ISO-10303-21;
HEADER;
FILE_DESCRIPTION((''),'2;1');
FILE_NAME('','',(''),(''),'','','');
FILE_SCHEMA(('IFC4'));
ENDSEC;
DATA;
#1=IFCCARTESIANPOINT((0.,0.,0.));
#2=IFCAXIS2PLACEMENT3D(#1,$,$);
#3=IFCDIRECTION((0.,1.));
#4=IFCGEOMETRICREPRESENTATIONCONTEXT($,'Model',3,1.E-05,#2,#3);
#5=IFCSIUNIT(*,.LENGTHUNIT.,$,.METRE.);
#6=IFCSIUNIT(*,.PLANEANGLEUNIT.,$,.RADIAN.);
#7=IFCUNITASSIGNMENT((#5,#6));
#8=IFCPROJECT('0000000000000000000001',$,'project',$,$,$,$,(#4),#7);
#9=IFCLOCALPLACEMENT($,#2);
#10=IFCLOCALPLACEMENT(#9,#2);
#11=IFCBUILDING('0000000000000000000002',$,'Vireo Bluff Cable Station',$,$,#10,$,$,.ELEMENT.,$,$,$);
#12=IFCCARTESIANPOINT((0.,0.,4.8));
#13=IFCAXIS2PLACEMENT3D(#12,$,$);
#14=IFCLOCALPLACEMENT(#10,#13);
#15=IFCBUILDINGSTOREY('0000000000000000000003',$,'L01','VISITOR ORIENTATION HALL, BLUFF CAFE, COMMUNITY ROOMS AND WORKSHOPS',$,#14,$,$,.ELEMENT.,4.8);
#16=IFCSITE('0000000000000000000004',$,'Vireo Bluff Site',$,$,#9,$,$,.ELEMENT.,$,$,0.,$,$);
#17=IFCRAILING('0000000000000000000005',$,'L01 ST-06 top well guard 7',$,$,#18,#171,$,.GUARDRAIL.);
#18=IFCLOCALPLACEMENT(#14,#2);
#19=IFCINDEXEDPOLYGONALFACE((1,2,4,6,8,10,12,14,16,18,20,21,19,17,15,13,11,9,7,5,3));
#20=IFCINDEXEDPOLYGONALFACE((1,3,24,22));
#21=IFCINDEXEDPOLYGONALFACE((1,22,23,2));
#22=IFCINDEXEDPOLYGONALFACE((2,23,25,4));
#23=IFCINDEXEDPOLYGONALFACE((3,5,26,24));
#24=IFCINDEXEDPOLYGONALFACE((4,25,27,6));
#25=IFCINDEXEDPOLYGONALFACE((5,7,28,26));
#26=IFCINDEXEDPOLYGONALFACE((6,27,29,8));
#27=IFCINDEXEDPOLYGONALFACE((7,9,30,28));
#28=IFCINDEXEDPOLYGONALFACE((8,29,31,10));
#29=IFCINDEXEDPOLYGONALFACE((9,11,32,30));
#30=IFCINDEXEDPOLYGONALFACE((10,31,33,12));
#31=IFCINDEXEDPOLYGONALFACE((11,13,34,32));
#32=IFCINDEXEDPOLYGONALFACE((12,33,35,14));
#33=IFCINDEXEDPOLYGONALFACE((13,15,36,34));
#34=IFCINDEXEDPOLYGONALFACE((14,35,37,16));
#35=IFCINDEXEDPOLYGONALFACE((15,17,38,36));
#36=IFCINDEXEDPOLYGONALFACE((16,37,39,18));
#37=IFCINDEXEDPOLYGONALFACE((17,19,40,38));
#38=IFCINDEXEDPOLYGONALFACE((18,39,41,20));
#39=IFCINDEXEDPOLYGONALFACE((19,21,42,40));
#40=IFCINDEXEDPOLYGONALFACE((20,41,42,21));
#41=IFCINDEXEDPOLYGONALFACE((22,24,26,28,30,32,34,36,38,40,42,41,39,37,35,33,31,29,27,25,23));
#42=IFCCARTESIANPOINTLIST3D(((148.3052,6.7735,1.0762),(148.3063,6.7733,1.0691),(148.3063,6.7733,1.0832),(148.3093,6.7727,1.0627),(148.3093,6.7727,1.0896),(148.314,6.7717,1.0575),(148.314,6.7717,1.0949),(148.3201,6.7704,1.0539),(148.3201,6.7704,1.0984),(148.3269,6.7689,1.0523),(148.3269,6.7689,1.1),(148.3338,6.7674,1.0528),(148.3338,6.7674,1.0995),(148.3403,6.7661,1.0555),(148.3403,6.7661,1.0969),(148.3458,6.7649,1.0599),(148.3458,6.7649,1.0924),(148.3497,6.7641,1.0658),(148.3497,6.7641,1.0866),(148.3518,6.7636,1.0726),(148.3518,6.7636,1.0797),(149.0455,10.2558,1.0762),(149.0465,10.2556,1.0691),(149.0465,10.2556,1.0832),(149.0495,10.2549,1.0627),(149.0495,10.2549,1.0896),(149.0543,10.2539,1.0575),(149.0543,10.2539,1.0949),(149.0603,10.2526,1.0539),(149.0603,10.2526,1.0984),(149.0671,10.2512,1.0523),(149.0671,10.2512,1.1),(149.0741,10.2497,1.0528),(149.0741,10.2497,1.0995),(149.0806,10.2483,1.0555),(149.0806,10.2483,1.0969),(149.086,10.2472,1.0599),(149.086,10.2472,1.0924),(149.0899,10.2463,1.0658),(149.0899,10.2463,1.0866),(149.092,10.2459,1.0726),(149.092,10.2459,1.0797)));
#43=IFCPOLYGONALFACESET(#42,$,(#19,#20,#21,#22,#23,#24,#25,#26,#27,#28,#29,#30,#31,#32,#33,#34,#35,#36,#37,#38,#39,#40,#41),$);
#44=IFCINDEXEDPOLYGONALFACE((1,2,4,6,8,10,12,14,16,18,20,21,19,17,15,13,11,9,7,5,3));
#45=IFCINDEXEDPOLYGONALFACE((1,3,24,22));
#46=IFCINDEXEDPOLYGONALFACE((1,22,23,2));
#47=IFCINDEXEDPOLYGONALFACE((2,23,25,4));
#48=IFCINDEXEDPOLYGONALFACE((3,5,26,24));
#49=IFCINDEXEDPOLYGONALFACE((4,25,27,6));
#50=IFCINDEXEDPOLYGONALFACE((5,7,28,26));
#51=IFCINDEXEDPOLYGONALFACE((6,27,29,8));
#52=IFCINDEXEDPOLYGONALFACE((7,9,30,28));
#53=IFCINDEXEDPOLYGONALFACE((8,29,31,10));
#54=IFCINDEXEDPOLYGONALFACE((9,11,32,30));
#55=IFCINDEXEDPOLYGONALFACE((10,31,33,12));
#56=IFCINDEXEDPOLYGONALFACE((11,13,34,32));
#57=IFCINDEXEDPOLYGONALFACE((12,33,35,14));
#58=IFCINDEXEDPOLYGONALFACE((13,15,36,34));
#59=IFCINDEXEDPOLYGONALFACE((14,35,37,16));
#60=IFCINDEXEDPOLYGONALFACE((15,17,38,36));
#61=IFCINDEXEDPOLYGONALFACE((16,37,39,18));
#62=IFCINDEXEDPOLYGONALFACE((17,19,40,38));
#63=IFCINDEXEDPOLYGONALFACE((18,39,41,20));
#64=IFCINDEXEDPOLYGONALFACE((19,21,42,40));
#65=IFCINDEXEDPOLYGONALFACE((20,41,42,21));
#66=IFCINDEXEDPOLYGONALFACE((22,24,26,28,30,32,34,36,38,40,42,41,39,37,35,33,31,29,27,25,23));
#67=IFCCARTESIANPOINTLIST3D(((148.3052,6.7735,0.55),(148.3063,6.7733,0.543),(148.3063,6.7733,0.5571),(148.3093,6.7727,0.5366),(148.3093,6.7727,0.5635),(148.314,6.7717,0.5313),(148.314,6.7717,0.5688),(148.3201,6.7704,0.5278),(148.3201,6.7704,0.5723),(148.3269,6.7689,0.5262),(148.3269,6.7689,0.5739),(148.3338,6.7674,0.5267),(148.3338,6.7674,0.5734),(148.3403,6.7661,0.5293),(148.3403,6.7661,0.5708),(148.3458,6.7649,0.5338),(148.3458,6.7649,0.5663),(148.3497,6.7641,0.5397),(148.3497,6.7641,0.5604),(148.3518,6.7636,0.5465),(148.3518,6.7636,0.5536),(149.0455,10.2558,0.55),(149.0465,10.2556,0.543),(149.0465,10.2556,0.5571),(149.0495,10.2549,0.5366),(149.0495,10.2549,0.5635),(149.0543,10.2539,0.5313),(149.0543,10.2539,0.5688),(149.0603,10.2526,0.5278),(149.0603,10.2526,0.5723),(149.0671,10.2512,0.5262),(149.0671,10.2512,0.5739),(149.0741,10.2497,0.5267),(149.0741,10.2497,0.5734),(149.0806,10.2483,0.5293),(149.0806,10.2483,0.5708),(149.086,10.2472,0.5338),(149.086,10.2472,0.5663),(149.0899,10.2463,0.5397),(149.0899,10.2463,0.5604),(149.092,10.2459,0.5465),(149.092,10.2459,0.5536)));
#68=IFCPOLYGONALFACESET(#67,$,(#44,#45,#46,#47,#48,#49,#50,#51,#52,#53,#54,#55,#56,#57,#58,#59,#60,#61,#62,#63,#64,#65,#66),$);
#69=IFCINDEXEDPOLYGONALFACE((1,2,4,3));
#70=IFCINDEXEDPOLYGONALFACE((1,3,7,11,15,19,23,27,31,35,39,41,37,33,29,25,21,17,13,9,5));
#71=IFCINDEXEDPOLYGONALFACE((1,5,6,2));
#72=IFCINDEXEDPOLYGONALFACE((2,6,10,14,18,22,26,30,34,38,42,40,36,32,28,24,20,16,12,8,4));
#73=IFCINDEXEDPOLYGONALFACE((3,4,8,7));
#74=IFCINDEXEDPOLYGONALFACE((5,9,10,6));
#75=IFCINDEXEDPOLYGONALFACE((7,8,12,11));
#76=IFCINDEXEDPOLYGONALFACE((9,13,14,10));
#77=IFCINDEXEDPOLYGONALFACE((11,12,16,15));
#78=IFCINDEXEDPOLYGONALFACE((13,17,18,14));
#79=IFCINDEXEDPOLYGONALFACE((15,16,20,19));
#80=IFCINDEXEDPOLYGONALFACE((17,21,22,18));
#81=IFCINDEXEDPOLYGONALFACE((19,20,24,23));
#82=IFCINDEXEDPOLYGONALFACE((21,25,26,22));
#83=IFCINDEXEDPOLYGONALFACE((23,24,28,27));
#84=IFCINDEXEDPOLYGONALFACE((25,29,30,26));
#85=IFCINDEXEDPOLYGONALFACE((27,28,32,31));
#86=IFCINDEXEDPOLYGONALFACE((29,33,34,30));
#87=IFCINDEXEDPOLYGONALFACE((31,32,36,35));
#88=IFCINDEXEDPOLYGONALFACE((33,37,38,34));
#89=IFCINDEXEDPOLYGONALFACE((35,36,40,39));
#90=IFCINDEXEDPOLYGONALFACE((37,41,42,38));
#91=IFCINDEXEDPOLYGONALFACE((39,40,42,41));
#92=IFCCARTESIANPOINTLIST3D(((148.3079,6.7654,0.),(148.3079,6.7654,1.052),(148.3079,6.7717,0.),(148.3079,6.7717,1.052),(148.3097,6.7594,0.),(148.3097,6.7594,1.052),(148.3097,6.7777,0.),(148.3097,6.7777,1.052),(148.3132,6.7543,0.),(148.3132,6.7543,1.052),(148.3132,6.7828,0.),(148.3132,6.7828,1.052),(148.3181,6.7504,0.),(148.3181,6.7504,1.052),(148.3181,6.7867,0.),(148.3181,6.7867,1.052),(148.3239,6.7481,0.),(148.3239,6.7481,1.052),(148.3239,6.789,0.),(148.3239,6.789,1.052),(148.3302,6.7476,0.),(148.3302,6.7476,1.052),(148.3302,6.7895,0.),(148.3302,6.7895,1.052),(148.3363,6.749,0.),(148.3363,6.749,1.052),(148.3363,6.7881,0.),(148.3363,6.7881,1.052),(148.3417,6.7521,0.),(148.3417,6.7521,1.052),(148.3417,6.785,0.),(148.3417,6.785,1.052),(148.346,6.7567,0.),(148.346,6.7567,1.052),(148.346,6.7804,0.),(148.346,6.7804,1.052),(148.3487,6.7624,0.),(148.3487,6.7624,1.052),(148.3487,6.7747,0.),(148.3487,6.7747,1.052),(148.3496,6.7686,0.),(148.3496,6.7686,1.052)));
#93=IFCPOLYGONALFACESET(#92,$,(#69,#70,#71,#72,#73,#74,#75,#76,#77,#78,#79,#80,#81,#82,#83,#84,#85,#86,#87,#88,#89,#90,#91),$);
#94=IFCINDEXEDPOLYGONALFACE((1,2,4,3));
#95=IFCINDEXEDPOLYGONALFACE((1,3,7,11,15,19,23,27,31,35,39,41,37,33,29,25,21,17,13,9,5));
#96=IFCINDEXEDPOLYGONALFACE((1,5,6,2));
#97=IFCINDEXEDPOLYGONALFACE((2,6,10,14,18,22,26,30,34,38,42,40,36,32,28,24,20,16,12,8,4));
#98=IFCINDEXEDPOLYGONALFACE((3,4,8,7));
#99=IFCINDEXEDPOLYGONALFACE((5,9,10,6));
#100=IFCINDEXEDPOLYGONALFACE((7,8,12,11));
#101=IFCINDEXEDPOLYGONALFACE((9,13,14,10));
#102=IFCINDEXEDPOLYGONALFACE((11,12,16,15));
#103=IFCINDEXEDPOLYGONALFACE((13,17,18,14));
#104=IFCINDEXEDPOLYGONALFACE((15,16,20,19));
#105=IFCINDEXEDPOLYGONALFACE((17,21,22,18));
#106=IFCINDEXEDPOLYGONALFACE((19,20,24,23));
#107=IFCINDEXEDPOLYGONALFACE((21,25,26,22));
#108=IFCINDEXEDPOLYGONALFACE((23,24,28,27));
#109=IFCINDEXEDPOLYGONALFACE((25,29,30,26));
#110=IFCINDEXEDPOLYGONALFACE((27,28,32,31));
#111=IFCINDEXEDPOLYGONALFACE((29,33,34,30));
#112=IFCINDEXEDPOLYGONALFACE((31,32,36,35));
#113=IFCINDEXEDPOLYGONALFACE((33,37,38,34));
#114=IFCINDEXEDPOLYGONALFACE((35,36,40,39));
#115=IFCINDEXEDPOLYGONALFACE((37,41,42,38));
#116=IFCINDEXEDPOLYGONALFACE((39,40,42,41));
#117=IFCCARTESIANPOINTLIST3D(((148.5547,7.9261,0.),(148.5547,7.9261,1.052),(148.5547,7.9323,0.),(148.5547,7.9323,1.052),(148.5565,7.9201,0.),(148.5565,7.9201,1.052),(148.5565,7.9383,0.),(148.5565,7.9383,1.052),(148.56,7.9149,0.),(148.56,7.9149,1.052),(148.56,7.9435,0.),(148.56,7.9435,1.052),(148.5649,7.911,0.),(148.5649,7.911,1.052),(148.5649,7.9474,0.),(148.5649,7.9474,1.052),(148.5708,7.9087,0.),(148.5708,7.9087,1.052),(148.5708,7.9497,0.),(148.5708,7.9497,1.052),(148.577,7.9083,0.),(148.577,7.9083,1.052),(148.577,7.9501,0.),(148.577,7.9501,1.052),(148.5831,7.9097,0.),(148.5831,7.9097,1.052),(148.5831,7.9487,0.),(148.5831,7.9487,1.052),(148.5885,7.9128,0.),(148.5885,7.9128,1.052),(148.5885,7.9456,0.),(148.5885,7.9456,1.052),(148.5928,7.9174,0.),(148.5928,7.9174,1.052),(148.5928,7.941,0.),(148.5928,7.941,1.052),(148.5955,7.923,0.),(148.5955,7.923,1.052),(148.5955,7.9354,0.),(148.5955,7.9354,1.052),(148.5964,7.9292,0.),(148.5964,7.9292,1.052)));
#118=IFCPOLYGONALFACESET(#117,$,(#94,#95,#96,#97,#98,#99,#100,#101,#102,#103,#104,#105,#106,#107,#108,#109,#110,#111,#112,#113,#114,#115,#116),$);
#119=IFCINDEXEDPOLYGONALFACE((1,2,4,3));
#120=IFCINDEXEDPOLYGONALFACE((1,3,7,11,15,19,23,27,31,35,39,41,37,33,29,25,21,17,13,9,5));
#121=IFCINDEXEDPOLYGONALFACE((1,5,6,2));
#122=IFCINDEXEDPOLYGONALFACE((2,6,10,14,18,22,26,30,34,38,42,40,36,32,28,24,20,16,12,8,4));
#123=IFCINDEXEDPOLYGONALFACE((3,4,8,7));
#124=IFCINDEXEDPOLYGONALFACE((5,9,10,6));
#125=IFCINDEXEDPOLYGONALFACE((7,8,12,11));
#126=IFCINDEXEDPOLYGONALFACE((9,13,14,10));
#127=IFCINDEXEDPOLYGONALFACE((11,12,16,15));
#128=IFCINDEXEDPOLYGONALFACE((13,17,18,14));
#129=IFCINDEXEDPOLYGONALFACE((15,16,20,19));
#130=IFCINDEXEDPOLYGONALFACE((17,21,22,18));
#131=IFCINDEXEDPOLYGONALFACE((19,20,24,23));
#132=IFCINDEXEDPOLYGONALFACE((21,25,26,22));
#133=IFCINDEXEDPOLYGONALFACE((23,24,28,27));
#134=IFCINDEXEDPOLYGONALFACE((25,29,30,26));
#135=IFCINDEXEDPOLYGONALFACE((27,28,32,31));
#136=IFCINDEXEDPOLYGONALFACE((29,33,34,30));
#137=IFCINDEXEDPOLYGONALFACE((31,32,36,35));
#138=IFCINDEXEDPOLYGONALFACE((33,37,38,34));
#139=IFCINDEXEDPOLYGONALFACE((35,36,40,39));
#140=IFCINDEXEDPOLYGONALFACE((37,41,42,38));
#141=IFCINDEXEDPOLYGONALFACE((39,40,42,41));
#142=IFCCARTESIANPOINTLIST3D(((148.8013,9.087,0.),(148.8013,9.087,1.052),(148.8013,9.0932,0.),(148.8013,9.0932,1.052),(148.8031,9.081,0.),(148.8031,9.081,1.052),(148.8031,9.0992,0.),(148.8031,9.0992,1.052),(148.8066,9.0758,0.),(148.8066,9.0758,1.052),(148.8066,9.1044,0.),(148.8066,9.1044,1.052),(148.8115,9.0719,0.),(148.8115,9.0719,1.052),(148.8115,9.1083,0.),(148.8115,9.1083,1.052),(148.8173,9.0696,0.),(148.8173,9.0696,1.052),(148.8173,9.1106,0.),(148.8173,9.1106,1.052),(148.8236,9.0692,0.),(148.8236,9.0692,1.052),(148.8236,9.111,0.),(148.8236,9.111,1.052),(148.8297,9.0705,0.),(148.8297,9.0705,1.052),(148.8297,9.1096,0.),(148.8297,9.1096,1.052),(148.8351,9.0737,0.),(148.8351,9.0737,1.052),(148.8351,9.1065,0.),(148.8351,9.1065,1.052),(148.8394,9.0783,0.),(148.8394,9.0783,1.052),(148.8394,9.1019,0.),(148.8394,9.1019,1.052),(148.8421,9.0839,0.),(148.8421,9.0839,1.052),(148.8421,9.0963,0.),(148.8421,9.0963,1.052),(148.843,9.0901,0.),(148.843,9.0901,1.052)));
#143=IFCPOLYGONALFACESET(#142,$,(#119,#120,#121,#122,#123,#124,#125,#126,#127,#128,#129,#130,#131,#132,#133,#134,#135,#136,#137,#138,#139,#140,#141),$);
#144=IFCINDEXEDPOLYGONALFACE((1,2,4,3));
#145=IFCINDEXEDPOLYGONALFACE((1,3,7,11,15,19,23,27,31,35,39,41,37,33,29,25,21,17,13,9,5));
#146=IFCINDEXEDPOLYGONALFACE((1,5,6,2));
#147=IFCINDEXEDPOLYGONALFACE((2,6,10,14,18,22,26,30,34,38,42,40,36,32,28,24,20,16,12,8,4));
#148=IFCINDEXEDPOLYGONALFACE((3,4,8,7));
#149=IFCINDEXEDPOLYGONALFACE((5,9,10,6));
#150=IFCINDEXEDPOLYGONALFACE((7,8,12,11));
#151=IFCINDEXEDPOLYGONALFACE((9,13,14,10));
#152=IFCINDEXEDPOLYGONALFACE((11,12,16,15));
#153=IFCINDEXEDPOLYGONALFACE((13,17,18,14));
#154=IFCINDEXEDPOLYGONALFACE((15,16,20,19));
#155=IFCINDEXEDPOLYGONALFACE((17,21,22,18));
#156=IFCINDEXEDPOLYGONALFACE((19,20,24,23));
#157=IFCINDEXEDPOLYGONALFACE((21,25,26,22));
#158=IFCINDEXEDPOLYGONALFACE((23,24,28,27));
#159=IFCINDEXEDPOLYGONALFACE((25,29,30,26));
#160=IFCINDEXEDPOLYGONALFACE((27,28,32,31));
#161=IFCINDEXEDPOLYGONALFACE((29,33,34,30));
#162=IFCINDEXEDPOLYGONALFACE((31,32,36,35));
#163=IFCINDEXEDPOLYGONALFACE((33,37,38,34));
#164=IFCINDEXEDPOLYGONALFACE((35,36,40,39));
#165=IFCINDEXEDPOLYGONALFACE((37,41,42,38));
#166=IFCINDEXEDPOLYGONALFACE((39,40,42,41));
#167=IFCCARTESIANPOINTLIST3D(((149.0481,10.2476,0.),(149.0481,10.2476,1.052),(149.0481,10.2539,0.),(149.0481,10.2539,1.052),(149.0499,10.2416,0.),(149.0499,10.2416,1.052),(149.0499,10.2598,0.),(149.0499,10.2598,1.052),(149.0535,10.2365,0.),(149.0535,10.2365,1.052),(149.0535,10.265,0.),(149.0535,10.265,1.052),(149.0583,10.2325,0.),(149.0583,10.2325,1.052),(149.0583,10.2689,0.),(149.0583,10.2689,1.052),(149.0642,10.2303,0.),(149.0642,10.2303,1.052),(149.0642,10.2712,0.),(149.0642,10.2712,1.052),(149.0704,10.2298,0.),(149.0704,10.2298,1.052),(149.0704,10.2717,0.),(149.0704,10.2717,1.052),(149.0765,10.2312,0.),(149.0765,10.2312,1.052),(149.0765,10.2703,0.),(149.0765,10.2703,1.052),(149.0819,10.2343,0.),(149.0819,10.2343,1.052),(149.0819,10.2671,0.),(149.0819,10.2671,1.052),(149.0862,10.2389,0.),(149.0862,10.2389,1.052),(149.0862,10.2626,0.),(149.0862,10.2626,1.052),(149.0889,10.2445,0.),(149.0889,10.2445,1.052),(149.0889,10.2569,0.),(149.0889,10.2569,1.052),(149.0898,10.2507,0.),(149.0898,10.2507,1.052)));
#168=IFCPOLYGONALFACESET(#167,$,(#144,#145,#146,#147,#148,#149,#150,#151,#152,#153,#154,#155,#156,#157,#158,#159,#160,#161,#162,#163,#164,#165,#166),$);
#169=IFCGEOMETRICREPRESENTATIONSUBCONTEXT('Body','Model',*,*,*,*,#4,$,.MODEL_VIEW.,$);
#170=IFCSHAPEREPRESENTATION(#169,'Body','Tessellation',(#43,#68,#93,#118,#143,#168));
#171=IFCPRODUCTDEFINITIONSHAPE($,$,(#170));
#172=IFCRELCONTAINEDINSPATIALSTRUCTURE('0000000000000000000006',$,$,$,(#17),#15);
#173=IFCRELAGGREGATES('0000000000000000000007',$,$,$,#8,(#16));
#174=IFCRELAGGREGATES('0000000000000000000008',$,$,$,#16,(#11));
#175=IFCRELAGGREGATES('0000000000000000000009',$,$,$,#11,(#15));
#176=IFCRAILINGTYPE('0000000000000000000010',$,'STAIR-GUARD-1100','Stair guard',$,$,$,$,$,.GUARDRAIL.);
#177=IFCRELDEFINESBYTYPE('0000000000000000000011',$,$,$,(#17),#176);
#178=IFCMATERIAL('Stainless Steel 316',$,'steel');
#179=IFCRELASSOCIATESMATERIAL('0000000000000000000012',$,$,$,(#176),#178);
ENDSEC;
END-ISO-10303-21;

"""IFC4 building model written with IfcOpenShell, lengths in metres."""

from ifc_helpers import new_model, si_unit, direction, frame, origin, origin_2d, place, context, subcontext, project, spatial, circle, extrude, material, type_object, element, save


model = new_model("IFC4")

# Units and contexts
model_context = context("Model", 3, precision=1e-05, world=origin(), true_north=direction((0.0, 1.0)))
body_context = subcontext(model_context, "Body", "Model", "MODEL_VIEW")
ifc_project = project(units=[si_unit("LENGTHUNIT", "METRE"), si_unit("PLANEANGLEUNIT", "RADIAN")], contexts=[model_context])

# Site, building, storey
site_placement = place(None, origin())
site = spatial("IfcSite", under=ifc_project, at=site_placement, Name="Vireo Bluff Site", CompositionType="ELEMENT", RefElevation=0.0)
building_placement = place(site_placement, origin())
building = spatial("IfcBuilding", under=site, at=building_placement, Name="Vireo Bluff Cable Station", CompositionType="ELEMENT")
storey_placement = place(building_placement, frame((0.0, 0.0, 4.8)))
storey = spatial("IfcBuildingStorey", under=building, at=storey_placement, Name="L01", Description="VISITOR ORIENTATION HALL, BLUFF CAFE, COMMUNITY ROOMS AND WORKSHOPS", CompositionType="ELEMENT", Elevation=4.8)

# Railing
ifc_material_1 = material(Name="Stainless Steel 316", Category="steel")
railing_type = type_object("IfcRailingType", Name="STAIR-GUARD-1100", Description="Stair guard", PredefinedType="GUARDRAIL", material=ifc_material_1)
railing_1_placement = place(storey_placement, frame((148.3286, 6.7686, 0.0)))
element("IfcRailing", 1, at=railing_1_placement, inside=storey, type_object=railing_type, Name="L01 ST-06 top well guard 7", PredefinedType="GUARDRAIL", context=body_context, shape_type="SweptSolid", body=[
    extrude(circle(Radius=0.0239, at=origin_2d()), frame((0.0, 0.0, 1.0762), z_axis=(0.207932, 0.978143, 0.0), x_axis=(-0.978143, 0.207932, 0.0)), (0.0, 0.0, 1.0), 3.5601),
    extrude(circle(Radius=0.0239, at=origin_2d()), frame((0.0, 0.0, 0.55), z_axis=(0.207932, 0.978143, 0.0), x_axis=(-0.978143, 0.207932, 0.0)), (0.0, 0.0, 1.0), 3.5601),
    extrude(circle(Radius=0.021, at=origin_2d()), origin(), (0.0, 0.0, 1.0), 1.052),
    extrude(circle(Radius=0.021, at=origin_2d()), frame((0.2468, 1.1606, 0.0)), (0.0, 0.0, 1.0), 1.052),
    extrude(circle(Radius=0.021, at=origin_2d()), frame((0.4934, 2.3215, 0.0)), (0.0, 0.0, 1.0), 1.052),
    extrude(circle(Radius=0.021, at=origin_2d()), frame((0.7402, 3.4822, 0.0)), (0.0, 0.0, 1.0), 1.052),
])

save(model, "model.ifc")
